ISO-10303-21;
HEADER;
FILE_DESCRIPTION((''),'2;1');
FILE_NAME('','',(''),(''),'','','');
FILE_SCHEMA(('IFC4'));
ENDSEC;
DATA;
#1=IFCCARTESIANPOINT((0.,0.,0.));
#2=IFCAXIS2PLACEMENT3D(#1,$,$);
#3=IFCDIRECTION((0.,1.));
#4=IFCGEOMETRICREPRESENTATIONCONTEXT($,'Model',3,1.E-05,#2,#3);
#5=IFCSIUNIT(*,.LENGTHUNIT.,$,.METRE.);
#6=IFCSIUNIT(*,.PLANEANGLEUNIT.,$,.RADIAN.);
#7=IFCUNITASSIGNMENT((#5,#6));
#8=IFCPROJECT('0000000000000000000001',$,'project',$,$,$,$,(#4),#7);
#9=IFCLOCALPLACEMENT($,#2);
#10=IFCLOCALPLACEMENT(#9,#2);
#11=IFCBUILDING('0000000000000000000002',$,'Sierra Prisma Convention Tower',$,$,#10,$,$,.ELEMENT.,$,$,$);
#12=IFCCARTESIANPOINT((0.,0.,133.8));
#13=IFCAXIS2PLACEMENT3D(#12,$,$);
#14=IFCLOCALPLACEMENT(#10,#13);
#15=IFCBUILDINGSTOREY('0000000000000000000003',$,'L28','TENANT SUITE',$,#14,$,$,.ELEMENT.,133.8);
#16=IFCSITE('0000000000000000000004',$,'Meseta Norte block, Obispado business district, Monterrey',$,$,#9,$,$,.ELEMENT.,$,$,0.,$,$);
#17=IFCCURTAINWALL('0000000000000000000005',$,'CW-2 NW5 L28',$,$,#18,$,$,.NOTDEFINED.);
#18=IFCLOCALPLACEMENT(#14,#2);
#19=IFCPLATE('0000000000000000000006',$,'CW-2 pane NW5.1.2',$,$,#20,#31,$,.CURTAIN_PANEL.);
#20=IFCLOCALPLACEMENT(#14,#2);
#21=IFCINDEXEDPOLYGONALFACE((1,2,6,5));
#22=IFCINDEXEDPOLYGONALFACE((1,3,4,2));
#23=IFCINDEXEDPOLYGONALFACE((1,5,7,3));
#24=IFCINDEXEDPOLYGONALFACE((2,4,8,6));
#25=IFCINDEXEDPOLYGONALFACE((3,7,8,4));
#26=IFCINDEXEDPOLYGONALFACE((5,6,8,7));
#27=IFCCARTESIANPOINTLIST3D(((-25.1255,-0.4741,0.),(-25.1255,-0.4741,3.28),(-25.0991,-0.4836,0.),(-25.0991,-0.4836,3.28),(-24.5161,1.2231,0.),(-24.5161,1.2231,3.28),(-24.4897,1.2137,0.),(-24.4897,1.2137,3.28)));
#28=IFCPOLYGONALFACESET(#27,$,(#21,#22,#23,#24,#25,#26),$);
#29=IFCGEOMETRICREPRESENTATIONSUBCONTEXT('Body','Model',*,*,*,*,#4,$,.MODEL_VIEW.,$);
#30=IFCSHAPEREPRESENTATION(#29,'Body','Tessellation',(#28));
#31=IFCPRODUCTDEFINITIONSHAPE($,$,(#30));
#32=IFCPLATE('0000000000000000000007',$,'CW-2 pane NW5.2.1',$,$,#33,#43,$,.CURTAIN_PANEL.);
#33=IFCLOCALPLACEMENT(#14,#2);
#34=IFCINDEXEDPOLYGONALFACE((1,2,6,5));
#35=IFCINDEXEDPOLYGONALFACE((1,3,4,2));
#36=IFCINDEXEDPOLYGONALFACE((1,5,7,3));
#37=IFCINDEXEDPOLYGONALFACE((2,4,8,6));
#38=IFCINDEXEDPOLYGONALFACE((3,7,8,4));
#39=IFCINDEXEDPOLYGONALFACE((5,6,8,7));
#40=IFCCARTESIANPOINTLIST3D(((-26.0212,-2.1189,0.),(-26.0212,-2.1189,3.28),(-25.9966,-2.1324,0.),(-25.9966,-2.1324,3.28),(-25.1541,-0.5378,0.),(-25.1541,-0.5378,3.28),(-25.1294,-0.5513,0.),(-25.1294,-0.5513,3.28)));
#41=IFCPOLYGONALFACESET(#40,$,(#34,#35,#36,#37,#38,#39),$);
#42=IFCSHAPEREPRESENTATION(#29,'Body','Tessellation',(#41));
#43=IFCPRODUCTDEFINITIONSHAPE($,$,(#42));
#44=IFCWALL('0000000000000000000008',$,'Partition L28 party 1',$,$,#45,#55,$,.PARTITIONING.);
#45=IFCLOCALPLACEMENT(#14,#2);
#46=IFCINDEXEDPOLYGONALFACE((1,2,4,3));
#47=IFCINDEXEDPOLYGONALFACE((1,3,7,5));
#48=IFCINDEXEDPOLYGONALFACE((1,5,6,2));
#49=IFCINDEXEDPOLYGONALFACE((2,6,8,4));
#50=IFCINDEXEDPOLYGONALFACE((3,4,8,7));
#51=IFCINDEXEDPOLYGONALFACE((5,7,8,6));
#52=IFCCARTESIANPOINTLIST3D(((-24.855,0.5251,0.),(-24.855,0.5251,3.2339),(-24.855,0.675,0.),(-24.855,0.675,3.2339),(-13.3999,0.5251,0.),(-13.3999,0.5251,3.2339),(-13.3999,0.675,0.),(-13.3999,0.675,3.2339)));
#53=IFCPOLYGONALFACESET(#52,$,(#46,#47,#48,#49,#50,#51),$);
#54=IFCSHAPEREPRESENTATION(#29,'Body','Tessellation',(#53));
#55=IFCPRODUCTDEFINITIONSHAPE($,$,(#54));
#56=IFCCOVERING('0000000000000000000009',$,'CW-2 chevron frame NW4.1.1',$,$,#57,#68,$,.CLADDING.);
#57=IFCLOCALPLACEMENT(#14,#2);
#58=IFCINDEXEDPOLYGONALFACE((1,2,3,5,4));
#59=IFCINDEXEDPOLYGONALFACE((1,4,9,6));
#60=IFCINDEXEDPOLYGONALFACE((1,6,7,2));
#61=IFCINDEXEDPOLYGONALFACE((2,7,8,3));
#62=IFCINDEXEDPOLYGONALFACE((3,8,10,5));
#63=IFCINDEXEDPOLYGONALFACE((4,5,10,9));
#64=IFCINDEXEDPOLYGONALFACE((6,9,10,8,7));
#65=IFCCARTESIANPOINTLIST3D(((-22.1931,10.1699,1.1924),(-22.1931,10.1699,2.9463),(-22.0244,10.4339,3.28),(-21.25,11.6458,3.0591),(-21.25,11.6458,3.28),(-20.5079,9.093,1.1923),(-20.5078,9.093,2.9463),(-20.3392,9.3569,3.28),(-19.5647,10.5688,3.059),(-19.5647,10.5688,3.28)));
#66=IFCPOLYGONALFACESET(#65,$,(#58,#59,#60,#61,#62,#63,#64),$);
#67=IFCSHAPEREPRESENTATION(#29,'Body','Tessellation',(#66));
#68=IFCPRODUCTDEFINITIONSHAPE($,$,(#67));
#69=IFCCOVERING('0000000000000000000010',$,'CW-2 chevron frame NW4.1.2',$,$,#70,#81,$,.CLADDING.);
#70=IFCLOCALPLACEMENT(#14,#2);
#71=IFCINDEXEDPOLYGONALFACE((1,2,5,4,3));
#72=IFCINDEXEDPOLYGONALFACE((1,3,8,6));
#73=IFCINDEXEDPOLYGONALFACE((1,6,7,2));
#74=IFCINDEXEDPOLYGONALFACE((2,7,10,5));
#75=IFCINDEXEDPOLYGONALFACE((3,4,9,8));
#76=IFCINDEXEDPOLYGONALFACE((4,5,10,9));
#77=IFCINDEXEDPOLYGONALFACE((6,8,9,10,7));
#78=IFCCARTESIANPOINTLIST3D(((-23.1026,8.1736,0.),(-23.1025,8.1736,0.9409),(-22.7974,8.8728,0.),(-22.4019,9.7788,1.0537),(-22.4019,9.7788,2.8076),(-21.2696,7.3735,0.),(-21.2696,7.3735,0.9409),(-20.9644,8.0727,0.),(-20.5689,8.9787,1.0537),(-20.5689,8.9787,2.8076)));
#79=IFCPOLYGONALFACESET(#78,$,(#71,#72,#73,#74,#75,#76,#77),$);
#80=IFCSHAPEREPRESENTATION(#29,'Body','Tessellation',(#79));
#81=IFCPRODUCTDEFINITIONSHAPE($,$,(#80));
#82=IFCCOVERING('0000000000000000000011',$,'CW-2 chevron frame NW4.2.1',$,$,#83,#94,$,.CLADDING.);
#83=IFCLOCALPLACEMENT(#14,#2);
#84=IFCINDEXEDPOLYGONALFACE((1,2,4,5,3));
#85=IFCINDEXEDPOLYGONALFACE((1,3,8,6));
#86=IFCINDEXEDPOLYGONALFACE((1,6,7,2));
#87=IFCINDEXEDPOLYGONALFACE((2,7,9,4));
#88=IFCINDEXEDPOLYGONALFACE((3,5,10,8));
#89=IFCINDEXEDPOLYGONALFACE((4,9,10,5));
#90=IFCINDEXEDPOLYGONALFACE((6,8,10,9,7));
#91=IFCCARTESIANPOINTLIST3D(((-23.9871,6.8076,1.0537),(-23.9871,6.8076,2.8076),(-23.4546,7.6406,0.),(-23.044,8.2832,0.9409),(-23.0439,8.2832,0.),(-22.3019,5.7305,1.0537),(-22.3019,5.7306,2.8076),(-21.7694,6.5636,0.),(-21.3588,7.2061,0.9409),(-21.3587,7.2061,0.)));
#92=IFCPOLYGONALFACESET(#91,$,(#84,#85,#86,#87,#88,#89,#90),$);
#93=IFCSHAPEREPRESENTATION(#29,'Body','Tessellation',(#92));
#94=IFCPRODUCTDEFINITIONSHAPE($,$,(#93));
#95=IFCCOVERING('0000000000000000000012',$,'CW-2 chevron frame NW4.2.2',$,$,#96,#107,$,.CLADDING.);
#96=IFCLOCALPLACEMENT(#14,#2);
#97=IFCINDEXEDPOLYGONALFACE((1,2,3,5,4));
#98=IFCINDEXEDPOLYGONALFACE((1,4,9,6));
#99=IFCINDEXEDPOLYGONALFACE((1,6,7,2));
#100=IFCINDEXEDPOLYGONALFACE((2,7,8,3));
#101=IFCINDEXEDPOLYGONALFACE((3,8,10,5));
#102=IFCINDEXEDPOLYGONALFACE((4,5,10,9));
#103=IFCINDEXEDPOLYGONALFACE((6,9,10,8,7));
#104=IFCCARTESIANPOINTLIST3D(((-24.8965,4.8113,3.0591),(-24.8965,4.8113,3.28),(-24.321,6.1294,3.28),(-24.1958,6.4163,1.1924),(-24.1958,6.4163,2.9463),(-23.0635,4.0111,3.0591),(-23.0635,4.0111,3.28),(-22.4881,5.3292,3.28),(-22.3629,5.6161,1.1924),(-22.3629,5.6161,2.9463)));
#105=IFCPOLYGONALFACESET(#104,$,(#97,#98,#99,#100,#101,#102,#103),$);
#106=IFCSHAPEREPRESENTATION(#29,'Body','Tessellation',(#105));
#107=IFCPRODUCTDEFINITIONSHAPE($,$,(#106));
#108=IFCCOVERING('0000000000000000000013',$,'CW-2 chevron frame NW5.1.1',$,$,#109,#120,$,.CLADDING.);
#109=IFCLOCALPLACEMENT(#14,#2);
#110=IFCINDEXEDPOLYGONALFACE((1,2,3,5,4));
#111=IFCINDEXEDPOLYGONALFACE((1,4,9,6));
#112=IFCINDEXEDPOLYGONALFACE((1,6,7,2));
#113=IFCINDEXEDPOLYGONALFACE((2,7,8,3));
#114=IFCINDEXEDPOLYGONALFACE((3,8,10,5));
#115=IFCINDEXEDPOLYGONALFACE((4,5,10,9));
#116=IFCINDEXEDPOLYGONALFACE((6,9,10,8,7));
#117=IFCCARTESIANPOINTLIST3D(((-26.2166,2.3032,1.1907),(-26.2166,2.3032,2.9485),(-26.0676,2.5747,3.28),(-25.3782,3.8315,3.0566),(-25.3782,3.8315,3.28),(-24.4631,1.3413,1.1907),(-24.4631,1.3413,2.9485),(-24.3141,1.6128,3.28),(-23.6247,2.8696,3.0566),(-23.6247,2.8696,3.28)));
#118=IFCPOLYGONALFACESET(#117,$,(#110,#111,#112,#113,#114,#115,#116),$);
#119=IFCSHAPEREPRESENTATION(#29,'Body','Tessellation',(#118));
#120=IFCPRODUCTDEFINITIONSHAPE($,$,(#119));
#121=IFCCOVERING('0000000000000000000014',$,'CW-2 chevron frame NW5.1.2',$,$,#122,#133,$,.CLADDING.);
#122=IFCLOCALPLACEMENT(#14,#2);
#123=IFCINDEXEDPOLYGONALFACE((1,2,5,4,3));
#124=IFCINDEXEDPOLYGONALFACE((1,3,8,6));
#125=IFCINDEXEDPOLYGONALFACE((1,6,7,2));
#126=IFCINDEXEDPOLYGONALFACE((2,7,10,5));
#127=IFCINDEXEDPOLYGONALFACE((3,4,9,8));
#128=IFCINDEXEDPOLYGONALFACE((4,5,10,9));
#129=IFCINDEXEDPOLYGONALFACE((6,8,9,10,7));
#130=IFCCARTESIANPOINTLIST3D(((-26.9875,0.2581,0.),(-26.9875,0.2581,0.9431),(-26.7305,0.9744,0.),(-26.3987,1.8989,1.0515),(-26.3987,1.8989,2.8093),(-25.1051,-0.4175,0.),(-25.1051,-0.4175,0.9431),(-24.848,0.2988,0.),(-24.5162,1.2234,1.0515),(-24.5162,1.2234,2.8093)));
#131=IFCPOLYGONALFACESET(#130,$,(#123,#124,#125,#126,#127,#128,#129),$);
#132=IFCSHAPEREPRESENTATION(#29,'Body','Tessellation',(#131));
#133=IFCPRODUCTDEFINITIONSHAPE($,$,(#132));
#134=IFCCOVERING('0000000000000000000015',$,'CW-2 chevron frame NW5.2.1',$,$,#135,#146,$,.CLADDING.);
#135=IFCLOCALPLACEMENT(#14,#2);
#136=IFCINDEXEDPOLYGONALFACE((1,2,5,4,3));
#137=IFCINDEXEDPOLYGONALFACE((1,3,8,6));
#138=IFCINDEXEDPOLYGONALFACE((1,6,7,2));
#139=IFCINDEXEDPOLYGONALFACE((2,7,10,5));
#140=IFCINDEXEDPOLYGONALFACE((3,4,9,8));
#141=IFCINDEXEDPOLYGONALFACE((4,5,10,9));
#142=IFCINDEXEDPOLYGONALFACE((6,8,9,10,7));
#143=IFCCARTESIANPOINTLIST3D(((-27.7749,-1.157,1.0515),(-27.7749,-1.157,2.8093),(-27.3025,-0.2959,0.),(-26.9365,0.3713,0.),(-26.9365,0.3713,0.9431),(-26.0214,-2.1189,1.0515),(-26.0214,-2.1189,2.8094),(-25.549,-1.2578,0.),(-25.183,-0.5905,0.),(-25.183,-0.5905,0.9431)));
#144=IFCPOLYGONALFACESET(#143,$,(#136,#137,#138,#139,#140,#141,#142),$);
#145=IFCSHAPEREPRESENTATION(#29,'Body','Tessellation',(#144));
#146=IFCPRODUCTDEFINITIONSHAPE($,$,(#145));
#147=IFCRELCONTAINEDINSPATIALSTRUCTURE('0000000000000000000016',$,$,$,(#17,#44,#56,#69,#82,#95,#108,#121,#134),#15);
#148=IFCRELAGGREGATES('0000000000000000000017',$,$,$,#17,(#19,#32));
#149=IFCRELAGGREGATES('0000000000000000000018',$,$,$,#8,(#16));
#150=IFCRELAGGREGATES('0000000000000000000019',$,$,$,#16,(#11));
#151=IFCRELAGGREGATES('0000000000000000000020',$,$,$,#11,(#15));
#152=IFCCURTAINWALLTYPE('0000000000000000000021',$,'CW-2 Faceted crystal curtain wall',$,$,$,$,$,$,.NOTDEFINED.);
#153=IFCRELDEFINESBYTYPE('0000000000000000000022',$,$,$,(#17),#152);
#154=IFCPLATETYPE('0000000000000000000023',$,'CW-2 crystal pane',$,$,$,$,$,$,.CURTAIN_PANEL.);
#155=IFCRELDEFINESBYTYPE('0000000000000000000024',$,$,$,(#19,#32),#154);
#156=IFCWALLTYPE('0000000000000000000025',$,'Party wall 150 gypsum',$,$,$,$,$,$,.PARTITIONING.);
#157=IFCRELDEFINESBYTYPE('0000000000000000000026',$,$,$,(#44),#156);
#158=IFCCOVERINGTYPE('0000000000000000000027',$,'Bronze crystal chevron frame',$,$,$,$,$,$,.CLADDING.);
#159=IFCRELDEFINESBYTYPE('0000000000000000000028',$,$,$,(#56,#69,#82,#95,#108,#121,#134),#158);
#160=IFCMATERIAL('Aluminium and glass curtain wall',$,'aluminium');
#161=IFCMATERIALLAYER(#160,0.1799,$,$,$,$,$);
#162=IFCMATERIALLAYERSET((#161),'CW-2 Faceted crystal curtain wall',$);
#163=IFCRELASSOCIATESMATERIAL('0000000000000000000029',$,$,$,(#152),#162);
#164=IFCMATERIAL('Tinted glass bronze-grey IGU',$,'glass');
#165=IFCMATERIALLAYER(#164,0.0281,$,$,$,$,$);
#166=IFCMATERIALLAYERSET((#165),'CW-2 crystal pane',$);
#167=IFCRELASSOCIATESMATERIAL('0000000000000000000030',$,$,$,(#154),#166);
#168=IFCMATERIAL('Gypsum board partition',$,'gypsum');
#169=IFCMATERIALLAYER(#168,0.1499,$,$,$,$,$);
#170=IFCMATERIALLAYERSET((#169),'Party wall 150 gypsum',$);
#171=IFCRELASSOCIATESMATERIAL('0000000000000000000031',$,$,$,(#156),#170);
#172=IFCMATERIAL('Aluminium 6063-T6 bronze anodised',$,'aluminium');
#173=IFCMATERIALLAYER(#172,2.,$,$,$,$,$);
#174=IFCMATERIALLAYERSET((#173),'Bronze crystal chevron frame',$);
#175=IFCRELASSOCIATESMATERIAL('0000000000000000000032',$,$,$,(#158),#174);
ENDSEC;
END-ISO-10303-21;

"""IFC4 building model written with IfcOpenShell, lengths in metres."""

from ifc_helpers import new_model, si_unit, direction, frame, frame_2d, origin, place, context, subcontext, project, spatial, polyline, rectangle, outline, extrude, material, layer, layer_set, type_object, element, aggregate, save


model = new_model("IFC4")

# Units and contexts
model_context = context("Model", 3, precision=1e-05, world=origin(), true_north=direction((0.0, 1.0)))
body_context = subcontext(model_context, "Body", "Model", "MODEL_VIEW")
ifc_project = project(units=[si_unit("LENGTHUNIT", "METRE"), si_unit("PLANEANGLEUNIT", "RADIAN")], contexts=[model_context])

# Site, building, storey
site_placement = place(None, origin())
site = spatial("IfcSite", under=ifc_project, at=site_placement, Name="Meseta Norte block, Obispado business district, Monterrey", CompositionType="ELEMENT", RefElevation=0.0)
building_placement = place(site_placement, origin())
building = spatial("IfcBuilding", under=site, at=building_placement, Name="Sierra Prisma Convention Tower", CompositionType="ELEMENT")
storey_placement = place(building_placement, frame((0.0, 0.0, 133.8)))
storey = spatial("IfcBuildingStorey", under=building, at=storey_placement, Name="L28", Description="TENANT SUITE", CompositionType="ELEMENT", Elevation=133.8)

# Shared definitions
ifc_material_1 = material(Name="Aluminium and glass curtain wall", Category="aluminium")
ifc_layer_1 = layer(ifc_material_1, 0.1799)
ifc_layer_set_1 = layer_set([ifc_layer_1], Name="CW-2 Faceted crystal curtain wall")
curtain_wall_type = type_object("IfcCurtainWallType", Name="CW-2 Faceted crystal curtain wall", PredefinedType="NOTDEFINED", material=ifc_layer_set_1)

# Curtain wall
curtain_wall_1_placement = place(storey_placement, origin())
curtain_wall_1 = element("IfcCurtainWall", 1, at=curtain_wall_1_placement, inside=storey, type_object=curtain_wall_type, Name="CW-2 NW5 L28", PredefinedType="NOTDEFINED")

# Shared definitions
ifc_material_2 = material(Name="Tinted glass bronze-grey IGU", Category="glass")
ifc_layer_2 = layer(ifc_material_2, 0.0281)
ifc_layer_set_2 = layer_set([ifc_layer_2], Name="CW-2 crystal pane")
plate_type = type_object("IfcPlateType", Name="CW-2 crystal pane", PredefinedType="CURTAIN_PANEL", material=ifc_layer_set_2)

# Plates
plate_1_placement = place(storey_placement, frame((-25.1255, -0.4741, 0.0), z_axis=(-0.941177, 0.337914, 0.0), x_axis=(0.337914, 0.941177, 0.0)))
plate_1 = element("IfcPlate", 2, at=plate_1_placement, type_object=plate_type, Name="CW-2 pane NW5.1.2", PredefinedType="CURTAIN_PANEL", context=body_context, shape_type="SweptSolid", body=[
    extrude(outline(polyline([(0.0, 0.0), (1.8033, 0.0), (1.8033, -3.28), (0.0, -3.28), (0.0, 0.0)])), origin(), (0.0, 0.0, -1.0), 0.0281),
])
plate_2_placement = place(storey_placement, frame((-25.1541, -0.5378, 0.0), z_axis=(-0.876776, 0.4809, 0.0), x_axis=(-0.4809, -0.876776, 0.0)))
plate_2 = element("IfcPlate", 3, at=plate_2_placement, type_object=plate_type, Name="CW-2 pane NW5.2.1", PredefinedType="CURTAIN_PANEL", context=body_context, shape_type="SweptSolid", body=[
    extrude(outline(polyline([(0.0, 0.0), (1.8033, 0.0), (1.8033, 3.28), (0.0, 3.28), (0.0, 0.0)])), origin(), (0.0, 0.0, -1.0), 0.0281),
])
aggregate(curtain_wall_1, [plate_1, plate_2])

# Wall
ifc_material_3 = material(Name="Gypsum board partition", Category="gypsum")
ifc_layer_3 = layer(ifc_material_3, 0.1499)
ifc_layer_set_3 = layer_set([ifc_layer_3], Name="Party wall 150 gypsum")
wall_type = type_object("IfcWallType", Name="Party wall 150 gypsum", PredefinedType="PARTITIONING", material=ifc_layer_set_3)
wall_placement = place(storey_placement, frame((-13.3999, 0.6001, 0.0), z_axis=(0.0, 0.0, 1.0), x_axis=(-1.0, 0.0, 0.0)))
element("IfcWall", 4, at=wall_placement, inside=storey, type_object=wall_type, Name="Partition L28 party 1", PredefinedType="PARTITIONING", context=body_context, shape_type="SweptSolid", body=[
    extrude(rectangle(XDim=11.4551, YDim=0.1499, at=frame_2d((5.7275, 0.0))), origin(), (0.0, 0.0, 1.0), 3.2339),
])

# Coverings
ifc_material_4 = material(Name="Aluminium 6063-T6 bronze anodised", Category="aluminium")
ifc_layer_4 = layer(ifc_material_4, 2.0)
ifc_layer_set_4 = layer_set([ifc_layer_4], Name="Bronze crystal chevron frame")
covering_type = type_object("IfcCoveringType", Name="Bronze crystal chevron frame", PredefinedType="CLADDING", material=ifc_layer_set_4)
covering_1_placement = place(storey_placement, frame((-21.25, 11.6458, 3.28), z_axis=(-0.84264, 0.538477, 0.000018), x_axis=(-0.000015, 0.00001, -1.0)))
element("IfcCovering", 5, at=covering_1_placement, inside=storey, type_object=covering_type, Name="CW-2 chevron frame NW4.1.1", PredefinedType="CLADDING", context=body_context, shape_type="SweptSolid", body=[
    extrude(outline(polyline([(0.0, 0.0), (0.2209, 0.0), (2.0876, 1.7514), (0.3337, 1.7514), (0.0, 1.4382), (0.0, 0.0)])), origin(), (0.0, 0.0, -1.0), 2.0),
])
covering_2_placement = place(storey_placement, frame((-22.4019, 9.7788, 2.8076), z_axis=(-0.916495, 0.400045, 0.00001), x_axis=(-0.000009, 0.000004, -1.0)))
element("IfcCovering", 6, at=covering_2_placement, inside=storey, type_object=covering_type, Name="CW-2 chevron frame NW4.1.2", PredefinedType="CLADDING", context=body_context, shape_type="SweptSolid", body=[
    extrude(outline(polyline([(0.0, 0.0), (1.7539, 0.0), (2.8076, 0.9886), (2.8076, 1.7515), (1.8667, 1.7515), (0.0, 0.0)])), origin(), (0.0, 0.0, -1.0), 2.0),
])
covering_3_placement = place(storey_placement, frame((-23.0439, 8.2832, 0.0), z_axis=(-0.842603, 0.538536, -0.000015), x_axis=(-0.538536, -0.842603, 0.0)))
element("IfcCovering", 7, at=covering_3_placement, inside=storey, type_object=covering_type, Name="CW-2 chevron frame NW4.2.1", PredefinedType="CLADDING", context=body_context, shape_type="SweptSolid", body=[
    extrude(outline(polyline([(0.0, 0.0), (0.7626, 0.0), (1.7512, 1.0537), (1.7512, 2.8076), (0.0, 0.9409), (0.0, 0.0)])), origin(), (0.0, 0.0, -1.0), 2.0),
])
covering_4_placement = place(storey_placement, frame((-24.8965, 4.8113, 3.28), z_axis=(-0.916471, 0.400101, -0.000003), x_axis=(0.400101, 0.916471, 0.0)))
element("IfcCovering", 8, at=covering_4_placement, inside=storey, type_object=covering_type, Name="CW-2 chevron frame NW4.2.2", PredefinedType="CLADDING", context=body_context, shape_type="SweptSolid", body=[
    extrude(outline(polyline([(0.0, 0.0), (1.4382, 0.0), (1.7513, 0.3337), (1.7513, 2.0876), (0.0, 0.2209), (0.0, 0.0)])), origin(), (0.0, 0.0, -1.0), 2.0),
])
covering_5_placement = place(storey_placement, frame((-25.3782, 3.8315, 3.28), z_axis=(-0.876748, 0.480951, 0.0), x_axis=(0.0, 0.0, -1.0)))
element("IfcCovering", 9, at=covering_5_placement, inside=storey, type_object=covering_type, Name="CW-2 chevron frame NW5.1.1", PredefinedType="CLADDING", context=body_context, shape_type="SweptSolid", body=[
    extrude(outline(polyline([(0.0, 0.0), (0.2234, 0.0), (2.0894, 1.7432), (0.3315, 1.7432), (0.0, 1.4335), (0.0, 0.0)])), origin(), (0.0, 0.0, -1.0), 2.0),
])
covering_6_placement = place(storey_placement, frame((-26.3987, 1.8989, 2.8093), z_axis=(-0.941223, 0.337785, -0.000004), x_axis=(0.000004, -0.000001, -1.0)))
element("IfcCovering", 10, at=covering_6_placement, inside=storey, type_object=covering_type, Name="CW-2 chevron frame NW5.1.2", PredefinedType="CLADDING", context=body_context, shape_type="SweptSolid", body=[
    extrude(outline(polyline([(0.0, 0.0), (1.7578, 0.0), (2.8093, 0.9823), (2.8093, 1.7433), (1.8662, 1.7433), (0.0, 0.0)])), origin(), (0.0, 0.0, -1.0), 2.0),
])
covering_7_placement = place(storey_placement, frame((-26.9365, 0.3713, 0.0), z_axis=(-0.876752, 0.480943, -0.000015), x_axis=(-0.480943, -0.876752, 0.0)))
element("IfcCovering", 11, at=covering_7_placement, inside=storey, type_object=covering_type, Name="CW-2 chevron frame NW5.2.1", PredefinedType="CLADDING", context=body_context, shape_type="SweptSolid", body=[
    extrude(outline(polyline([(0.0, 0.0), (0.761, 0.0), (1.7432, 1.0515), (1.7432, 2.8093), (0.0, 0.9431), (0.0, 0.0)])), origin(), (0.0, 0.0, -1.0), 2.0),
])

save(model, "model.ifc")
